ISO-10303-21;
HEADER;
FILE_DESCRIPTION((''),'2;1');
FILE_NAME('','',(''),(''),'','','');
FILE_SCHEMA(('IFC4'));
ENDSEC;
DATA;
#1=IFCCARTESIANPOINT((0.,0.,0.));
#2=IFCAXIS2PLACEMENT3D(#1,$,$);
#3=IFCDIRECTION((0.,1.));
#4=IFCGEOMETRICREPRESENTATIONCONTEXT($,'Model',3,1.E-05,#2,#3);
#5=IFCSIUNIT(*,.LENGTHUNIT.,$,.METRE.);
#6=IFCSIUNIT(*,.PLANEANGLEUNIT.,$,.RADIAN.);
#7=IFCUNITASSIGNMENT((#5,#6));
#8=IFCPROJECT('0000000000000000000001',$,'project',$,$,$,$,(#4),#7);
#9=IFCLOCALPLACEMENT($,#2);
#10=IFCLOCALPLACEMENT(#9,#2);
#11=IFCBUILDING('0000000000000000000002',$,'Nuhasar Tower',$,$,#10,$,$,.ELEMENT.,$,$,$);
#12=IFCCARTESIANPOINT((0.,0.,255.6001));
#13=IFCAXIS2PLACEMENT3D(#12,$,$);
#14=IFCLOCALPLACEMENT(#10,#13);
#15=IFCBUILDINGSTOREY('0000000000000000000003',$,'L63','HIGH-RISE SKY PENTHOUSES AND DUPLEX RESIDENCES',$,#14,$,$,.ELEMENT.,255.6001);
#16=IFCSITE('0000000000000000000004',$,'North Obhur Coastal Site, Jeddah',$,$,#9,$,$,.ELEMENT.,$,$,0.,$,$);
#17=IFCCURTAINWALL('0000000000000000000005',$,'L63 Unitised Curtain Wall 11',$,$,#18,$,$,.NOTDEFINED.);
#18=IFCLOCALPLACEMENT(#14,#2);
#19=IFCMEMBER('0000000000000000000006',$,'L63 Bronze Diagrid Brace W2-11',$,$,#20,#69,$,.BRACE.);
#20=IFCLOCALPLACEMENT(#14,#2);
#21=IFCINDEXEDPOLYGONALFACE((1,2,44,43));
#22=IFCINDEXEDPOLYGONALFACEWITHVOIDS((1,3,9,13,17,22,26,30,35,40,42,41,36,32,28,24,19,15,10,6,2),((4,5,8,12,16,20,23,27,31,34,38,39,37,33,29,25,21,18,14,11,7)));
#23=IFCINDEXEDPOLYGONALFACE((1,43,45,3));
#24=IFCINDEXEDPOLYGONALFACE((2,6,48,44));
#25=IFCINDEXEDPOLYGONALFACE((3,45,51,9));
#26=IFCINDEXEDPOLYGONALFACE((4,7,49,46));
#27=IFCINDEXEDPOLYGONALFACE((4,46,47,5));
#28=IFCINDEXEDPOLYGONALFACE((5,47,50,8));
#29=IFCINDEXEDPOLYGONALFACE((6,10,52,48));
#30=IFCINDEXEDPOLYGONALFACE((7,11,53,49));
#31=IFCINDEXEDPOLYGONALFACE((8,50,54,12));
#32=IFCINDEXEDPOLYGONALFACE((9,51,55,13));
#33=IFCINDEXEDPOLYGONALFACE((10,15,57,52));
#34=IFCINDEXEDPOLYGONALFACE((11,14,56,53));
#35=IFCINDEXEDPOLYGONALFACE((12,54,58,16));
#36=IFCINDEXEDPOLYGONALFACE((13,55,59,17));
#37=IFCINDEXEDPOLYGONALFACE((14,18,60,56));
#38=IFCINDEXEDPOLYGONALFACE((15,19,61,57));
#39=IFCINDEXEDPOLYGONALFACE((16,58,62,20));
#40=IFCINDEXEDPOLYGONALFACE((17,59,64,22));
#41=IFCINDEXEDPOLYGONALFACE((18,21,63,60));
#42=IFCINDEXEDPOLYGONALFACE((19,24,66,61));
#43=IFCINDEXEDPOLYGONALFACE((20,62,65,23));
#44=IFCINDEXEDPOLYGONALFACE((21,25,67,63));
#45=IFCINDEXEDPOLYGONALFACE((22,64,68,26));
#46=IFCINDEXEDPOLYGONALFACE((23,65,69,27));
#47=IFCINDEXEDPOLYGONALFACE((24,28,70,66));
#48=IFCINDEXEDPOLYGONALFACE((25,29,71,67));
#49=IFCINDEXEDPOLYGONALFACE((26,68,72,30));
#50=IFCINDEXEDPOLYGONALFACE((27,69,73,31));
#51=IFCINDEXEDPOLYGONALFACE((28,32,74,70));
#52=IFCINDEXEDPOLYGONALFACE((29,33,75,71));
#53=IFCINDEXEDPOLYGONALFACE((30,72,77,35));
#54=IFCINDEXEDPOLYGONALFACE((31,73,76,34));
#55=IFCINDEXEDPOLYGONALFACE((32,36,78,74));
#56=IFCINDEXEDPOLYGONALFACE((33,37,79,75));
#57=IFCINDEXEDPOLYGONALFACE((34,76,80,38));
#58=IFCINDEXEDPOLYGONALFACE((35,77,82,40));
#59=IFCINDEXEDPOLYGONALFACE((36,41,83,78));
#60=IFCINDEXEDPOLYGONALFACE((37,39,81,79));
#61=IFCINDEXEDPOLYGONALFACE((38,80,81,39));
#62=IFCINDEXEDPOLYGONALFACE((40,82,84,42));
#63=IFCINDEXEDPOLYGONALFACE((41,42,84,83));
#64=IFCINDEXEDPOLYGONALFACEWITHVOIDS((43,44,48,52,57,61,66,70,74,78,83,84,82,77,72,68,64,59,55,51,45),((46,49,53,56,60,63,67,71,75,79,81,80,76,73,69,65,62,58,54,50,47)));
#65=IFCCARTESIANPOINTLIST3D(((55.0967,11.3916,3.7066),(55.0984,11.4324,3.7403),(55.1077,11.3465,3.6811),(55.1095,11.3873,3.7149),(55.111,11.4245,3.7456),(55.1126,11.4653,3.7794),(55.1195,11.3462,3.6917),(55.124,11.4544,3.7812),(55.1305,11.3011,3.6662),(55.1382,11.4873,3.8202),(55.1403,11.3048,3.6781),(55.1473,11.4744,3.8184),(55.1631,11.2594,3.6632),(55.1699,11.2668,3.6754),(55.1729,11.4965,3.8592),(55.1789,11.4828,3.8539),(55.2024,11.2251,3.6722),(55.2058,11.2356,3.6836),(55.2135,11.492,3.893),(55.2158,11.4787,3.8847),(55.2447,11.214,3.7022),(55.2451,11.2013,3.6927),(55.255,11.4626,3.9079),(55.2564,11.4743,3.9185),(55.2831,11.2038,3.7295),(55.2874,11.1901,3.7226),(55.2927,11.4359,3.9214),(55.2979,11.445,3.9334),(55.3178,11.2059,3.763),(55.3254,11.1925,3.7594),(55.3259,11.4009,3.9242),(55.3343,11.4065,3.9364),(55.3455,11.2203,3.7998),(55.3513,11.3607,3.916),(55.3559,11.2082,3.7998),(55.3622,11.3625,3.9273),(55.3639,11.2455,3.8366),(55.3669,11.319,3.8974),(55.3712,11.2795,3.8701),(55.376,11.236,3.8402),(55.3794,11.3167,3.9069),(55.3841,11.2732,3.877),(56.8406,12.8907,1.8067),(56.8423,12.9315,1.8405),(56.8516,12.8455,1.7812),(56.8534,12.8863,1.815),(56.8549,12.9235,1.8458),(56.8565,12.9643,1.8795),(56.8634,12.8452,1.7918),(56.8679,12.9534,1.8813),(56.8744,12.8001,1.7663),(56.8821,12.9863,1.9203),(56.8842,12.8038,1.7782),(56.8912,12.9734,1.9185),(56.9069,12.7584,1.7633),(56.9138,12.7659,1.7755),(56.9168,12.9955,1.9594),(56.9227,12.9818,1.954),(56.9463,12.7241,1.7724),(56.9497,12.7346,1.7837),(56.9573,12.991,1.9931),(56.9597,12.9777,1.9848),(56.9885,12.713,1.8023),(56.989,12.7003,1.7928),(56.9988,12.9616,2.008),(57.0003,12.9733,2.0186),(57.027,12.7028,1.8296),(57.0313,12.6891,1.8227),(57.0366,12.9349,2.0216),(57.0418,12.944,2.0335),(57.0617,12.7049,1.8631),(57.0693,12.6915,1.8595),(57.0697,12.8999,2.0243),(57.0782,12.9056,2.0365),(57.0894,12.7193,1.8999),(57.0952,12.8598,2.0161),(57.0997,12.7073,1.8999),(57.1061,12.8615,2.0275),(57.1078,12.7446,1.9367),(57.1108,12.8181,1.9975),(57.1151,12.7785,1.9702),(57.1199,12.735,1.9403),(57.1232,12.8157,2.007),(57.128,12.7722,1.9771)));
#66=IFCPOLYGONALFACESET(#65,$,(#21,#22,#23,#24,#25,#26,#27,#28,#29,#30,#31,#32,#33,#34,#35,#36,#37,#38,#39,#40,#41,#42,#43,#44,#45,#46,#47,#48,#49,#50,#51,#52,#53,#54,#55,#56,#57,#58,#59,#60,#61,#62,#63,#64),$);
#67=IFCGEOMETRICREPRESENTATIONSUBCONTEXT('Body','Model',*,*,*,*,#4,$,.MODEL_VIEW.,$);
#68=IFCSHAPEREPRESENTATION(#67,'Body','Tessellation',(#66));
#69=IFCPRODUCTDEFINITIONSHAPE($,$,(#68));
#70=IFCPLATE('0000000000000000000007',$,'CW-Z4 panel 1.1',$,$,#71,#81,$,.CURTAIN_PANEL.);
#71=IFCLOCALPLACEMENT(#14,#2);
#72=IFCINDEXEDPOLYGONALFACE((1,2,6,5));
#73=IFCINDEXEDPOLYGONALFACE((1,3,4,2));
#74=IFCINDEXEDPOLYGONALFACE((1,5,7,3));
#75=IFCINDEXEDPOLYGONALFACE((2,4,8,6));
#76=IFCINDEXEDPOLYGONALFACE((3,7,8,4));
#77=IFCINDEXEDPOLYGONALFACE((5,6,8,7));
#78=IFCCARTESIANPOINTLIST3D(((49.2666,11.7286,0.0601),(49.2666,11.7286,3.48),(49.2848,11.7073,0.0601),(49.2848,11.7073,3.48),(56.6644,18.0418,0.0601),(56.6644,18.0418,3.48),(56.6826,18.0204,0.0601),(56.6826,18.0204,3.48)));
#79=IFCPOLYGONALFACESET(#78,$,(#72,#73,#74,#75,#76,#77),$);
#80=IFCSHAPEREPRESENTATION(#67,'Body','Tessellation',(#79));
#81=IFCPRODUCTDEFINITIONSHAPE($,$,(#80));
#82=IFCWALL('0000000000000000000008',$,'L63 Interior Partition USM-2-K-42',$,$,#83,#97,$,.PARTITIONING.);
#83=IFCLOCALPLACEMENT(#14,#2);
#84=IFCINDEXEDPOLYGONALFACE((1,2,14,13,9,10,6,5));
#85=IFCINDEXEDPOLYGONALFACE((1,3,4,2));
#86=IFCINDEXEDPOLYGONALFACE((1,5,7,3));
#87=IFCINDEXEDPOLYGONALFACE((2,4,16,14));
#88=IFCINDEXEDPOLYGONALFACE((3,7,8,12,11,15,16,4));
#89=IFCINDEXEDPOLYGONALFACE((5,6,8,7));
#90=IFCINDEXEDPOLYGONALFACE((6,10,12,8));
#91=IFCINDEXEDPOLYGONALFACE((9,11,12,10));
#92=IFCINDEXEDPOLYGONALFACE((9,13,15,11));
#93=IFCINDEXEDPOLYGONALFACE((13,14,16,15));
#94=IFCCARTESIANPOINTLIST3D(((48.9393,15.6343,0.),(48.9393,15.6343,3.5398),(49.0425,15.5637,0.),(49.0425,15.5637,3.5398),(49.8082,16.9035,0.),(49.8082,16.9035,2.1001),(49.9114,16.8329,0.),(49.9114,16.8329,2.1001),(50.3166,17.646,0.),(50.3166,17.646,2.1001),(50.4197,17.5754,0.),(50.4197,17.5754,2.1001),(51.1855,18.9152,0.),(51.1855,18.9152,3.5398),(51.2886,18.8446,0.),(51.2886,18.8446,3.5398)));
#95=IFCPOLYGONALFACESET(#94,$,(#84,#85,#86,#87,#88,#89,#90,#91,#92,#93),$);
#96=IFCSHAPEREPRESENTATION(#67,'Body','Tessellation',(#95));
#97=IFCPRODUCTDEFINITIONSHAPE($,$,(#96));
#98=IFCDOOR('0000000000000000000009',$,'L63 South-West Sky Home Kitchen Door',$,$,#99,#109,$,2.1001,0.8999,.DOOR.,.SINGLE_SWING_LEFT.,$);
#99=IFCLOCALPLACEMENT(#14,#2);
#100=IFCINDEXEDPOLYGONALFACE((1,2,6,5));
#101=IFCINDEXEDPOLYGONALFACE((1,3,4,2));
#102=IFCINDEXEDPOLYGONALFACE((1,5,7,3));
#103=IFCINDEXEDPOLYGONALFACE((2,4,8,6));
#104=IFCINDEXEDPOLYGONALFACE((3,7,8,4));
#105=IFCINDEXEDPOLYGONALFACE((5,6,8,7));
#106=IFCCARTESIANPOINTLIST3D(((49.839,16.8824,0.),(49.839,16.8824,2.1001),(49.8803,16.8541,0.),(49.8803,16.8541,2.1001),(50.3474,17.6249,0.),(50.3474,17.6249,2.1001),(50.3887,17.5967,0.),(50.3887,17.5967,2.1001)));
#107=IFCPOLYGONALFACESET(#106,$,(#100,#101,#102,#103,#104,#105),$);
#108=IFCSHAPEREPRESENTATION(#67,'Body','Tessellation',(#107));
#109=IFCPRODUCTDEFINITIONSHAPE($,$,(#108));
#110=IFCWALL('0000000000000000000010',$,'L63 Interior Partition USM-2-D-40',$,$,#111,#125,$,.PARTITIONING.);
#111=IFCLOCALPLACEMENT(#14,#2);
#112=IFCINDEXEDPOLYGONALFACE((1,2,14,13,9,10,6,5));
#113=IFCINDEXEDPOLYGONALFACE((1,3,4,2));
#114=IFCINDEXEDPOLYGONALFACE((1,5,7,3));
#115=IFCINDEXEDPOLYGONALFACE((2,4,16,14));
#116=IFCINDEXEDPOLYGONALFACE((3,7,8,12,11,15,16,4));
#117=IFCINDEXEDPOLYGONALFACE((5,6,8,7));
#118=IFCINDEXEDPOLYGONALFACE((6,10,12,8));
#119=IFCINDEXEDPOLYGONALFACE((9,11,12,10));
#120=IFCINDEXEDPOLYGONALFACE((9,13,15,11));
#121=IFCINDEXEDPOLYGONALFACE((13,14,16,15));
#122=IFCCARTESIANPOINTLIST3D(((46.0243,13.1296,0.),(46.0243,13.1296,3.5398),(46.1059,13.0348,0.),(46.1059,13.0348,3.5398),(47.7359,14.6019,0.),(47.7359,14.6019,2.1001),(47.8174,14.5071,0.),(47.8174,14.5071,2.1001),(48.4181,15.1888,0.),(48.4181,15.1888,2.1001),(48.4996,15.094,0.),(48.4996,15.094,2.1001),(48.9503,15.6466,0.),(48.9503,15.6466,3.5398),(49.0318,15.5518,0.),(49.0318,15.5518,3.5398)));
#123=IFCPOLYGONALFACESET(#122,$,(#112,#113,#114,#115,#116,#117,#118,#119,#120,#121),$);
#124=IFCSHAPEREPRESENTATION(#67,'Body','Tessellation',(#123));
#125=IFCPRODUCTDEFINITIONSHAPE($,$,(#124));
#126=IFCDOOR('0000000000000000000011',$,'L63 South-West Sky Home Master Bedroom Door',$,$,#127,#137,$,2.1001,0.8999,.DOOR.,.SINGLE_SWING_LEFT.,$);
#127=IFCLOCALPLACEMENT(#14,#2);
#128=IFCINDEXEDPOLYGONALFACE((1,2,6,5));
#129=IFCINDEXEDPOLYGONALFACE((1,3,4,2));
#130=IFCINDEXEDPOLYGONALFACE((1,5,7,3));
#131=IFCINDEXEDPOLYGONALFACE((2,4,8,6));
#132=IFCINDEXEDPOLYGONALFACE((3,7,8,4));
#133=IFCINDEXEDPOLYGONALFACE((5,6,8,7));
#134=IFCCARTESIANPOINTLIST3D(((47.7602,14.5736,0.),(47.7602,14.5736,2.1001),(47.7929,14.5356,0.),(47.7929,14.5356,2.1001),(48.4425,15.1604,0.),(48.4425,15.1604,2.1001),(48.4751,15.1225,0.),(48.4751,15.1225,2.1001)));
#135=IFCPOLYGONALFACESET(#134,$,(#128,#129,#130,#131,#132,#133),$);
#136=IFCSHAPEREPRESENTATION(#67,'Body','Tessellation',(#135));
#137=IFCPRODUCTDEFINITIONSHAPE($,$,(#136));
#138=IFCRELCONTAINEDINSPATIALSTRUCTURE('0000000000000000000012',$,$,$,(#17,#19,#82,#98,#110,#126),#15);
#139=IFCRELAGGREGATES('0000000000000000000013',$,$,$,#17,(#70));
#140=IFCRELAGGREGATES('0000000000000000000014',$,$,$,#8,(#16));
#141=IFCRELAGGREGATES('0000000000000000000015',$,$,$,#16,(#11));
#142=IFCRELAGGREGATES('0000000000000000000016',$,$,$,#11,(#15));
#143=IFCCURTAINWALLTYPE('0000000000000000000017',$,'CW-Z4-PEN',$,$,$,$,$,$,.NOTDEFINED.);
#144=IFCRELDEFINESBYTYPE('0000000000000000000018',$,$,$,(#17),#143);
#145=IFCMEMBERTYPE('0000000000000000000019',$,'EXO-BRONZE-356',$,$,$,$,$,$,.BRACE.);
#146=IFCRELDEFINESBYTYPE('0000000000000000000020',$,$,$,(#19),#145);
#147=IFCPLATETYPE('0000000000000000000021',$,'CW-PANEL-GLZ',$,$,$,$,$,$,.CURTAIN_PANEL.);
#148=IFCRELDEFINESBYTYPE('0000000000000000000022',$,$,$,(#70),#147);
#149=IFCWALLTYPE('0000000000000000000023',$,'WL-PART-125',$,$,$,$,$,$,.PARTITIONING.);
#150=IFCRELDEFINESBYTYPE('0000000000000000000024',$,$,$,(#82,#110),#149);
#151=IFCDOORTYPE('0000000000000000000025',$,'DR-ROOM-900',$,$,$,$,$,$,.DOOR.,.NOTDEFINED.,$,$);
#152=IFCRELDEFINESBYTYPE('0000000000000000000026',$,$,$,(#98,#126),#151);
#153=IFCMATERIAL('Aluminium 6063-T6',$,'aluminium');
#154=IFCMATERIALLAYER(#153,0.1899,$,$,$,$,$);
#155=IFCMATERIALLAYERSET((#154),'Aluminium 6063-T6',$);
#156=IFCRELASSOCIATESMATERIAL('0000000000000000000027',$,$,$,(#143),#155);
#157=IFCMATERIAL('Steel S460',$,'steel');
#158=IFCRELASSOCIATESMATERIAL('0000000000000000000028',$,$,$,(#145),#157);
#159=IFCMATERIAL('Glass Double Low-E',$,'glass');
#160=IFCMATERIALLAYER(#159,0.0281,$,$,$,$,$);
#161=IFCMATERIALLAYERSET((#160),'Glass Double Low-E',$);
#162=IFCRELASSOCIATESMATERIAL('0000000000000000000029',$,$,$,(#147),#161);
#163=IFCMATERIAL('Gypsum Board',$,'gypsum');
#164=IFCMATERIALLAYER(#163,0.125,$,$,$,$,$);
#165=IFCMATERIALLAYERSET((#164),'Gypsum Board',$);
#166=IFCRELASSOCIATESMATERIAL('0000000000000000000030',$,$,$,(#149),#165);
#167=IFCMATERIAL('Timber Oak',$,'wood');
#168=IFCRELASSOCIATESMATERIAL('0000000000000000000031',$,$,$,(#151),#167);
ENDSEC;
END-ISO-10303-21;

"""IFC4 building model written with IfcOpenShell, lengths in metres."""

from ifc_helpers import new_model, si_unit, direction, frame, frame_2d, origin, origin_2d, place, context, subcontext, project, spatial, rectangle, hollow_circle, extrude, material, layer, layer_set, material_profile, profile_set, type_object, element, fill, aggregate, save


model = new_model("IFC4")

# Units and contexts
model_context = context("Model", 3, precision=1e-05, world=origin(), true_north=direction((0.0, 1.0)))
body_context = subcontext(model_context, "Body", "Model", "MODEL_VIEW")
ifc_project = project(units=[si_unit("LENGTHUNIT", "METRE"), si_unit("PLANEANGLEUNIT", "RADIAN")], contexts=[model_context])

# Site, building, storey
site_placement = place(None, origin())
site = spatial("IfcSite", under=ifc_project, at=site_placement, Name="North Obhur Coastal Site, Jeddah", CompositionType="ELEMENT", RefElevation=0.0)
building_placement = place(site_placement, origin())
building = spatial("IfcBuilding", under=site, at=building_placement, Name="Nuhasar Tower", CompositionType="ELEMENT")
storey_placement = place(building_placement, frame((0.0, 0.0, 255.6001)))
storey = spatial("IfcBuildingStorey", under=building, at=storey_placement, Name="L63", Description="HIGH-RISE SKY PENTHOUSES AND DUPLEX RESIDENCES", CompositionType="ELEMENT", Elevation=255.6001)

# Shared definitions
ifc_material_1 = material(Name="Steel S460", Category="steel")

# Shared definitions
ifc_material_2 = material(Name="Aluminium 6063-T6", Category="aluminium")
ifc_layer_1 = layer(ifc_material_2, 0.1899)
ifc_layer_set_1 = layer_set([ifc_layer_1], Name="Aluminium 6063-T6")
curtain_wall_type = type_object("IfcCurtainWallType", Name="CW-Z4-PEN", PredefinedType="NOTDEFINED", material=ifc_layer_set_1)

# Curtain wall
curtain_wall_1_placement = place(storey_placement, origin())
curtain_wall_1 = element("IfcCurtainWall", 1, at=curtain_wall_1_placement, inside=storey, type_object=curtain_wall_type, Name="L63 Unitised Curtain Wall 11", PredefinedType="NOTDEFINED")

# Member
ifc_material_profile_1 = material_profile(ifc_material_1, hollow_circle(Radius=0.1777, WallThickness=0.0159, at=origin_2d()), Name="HSS355.6X15.9")
ifc_profile_set_1 = profile_set([ifc_material_profile_1], Name="Steel S460")
member_type_1 = type_object("IfcMemberType", Name="EXO-BRONZE-356", PredefinedType="BRACE", material=ifc_profile_set_1)
for number, where, z_axis, x_axis, name in (
    (2, (56.9839, 12.842, 1.8999), (-0.584625, -0.502534, 0.636925), (0.651857, -0.758342, 0.0), "L63 Bronze Diagrid Brace W2-11"),
):
    element("IfcMember", number, at=place(storey_placement, frame(where, z_axis=z_axis, x_axis=x_axis)), inside=storey, type_object=member_type_1, Name=name, PredefinedType="BRACE", context=body_context, shape_type="SweptSolid", body=[
        extrude(hollow_circle(Radius=0.1777, WallThickness=0.0159, at=origin_2d()), origin(), (0.0, 0.0, 1.0), 2.9829),
    ])

# Plate
ifc_material_3 = material(Name="Glass Double Low-E", Category="glass")
ifc_layer_2 = layer(ifc_material_3, 0.0281)
ifc_layer_set_2 = layer_set([ifc_layer_2], Name="Glass Double Low-E")
plate_type = type_object("IfcPlateType", Name="CW-PANEL-GLZ", PredefinedType="CURTAIN_PANEL", material=ifc_layer_set_2)
plate_placement = place(storey_placement, frame((52.9746, 14.8745, 0.0601), z_axis=(0.0, 0.0, 1.0), x_axis=(0.760667, 0.649142, 0.0)))
plate = element("IfcPlate", 3, at=plate_placement, type_object=plate_type, Name="CW-Z4 panel 1.1", PredefinedType="CURTAIN_PANEL", context=body_context, shape_type="SweptSolid", body=[
    extrude(rectangle(XDim=9.7253, YDim=0.0281, at=origin_2d()), origin(), (0.0, 0.0, 1.0), 3.4199),
])
aggregate(curtain_wall_1, [plate])

# Walls, openings, doors
ifc_material_4 = material(Name="Gypsum Board", Category="gypsum")
ifc_layer_3 = layer(ifc_material_4, 0.125)
ifc_layer_set_3 = layer_set([ifc_layer_3], Name="Gypsum Board")
wall_type = type_object("IfcWallType", Name="WL-PART-125", PredefinedType="PARTITIONING", material=ifc_layer_set_3)
wall_1_placement = place(storey_placement, frame((51.2371, 18.8799, 0.0), z_axis=(0.0, 0.0, 1.0), x_axis=(-0.564917, -0.825148, 0.0)))
wall_1 = element("IfcWall", 4, at=wall_1_placement, inside=storey, type_object=wall_type, Name="L63 Interior Partition USM-2-K-42", PredefinedType="PARTITIONING", context=body_context, shape_type="SweptSolid", body=[
    extrude(rectangle(XDim=3.9761, YDim=0.125, at=frame_2d((1.988, 0.0))), origin(), (0.0, 0.0, 1.0), 3.5398),
])
opening_1_placement = place(wall_1_placement, frame((1.5381, 0.0, 0.0)))
opening_1 = element("IfcOpeningElement", 5, at=opening_1_placement, cuts=wall_1, PredefinedType="OPENING", context=body_context, shape_type="SweptSolid", body=[
    extrude(rectangle(XDim=0.8999, YDim=2.1001, at=frame_2d((0.45, 1.05))), frame((0.0, 0.0725, 0.0), z_axis=(0.0, -1.0, 0.0), x_axis=(1.0, 0.0, 0.0)), (0.0, 0.0, 1.0), 0.145),
])
ifc_material_5 = material(Name="Timber Oak", Category="wood")
door_type = type_object("IfcDoorType", Name="DR-ROOM-900", OperationType="NOTDEFINED", PredefinedType="DOOR", material=ifc_material_5)
door_1_placement = place(opening_1_placement, origin())
door_1 = element("IfcDoor", 6, at=door_1_placement, inside=storey, type_object=door_type, Name="L63 South-West Sky Home Kitchen Door", OperationType="SINGLE_SWING_LEFT", OverallHeight=2.1001, OverallWidth=0.8999, PredefinedType="DOOR", context=body_context, shape_type="SweptSolid", body=[
    extrude(rectangle(XDim=0.8999, YDim=2.1001, at=frame_2d((0.45, 1.05))), frame((0.0, 0.0249, 0.0), z_axis=(0.0, -1.0, 0.0), x_axis=(1.0, 0.0, 0.0)), (0.0, 0.0, 1.0), 0.05),
])
fill(opening_1, door_1)
wall_2_placement = place(storey_placement, frame((48.991, 15.5991, 0.0), z_axis=(0.0, 0.0, 1.0), x_axis=(-0.758095, -0.652145, 0.0)))
wall_2 = element("IfcWall", 7, at=wall_2_placement, inside=storey, type_object=wall_type, Name="L63 Interior Partition USM-2-D-40", PredefinedType="PARTITIONING", context=body_context, shape_type="SweptSolid", body=[
    extrude(rectangle(XDim=3.8596, YDim=0.125, at=frame_2d((1.9297, 0.0))), origin(), (0.0, 0.0, 1.0), 3.5398),
])
opening_2_placement = place(wall_2_placement, frame((0.7019, 0.0, 0.0)))
opening_2 = element("IfcOpeningElement", 8, at=opening_2_placement, cuts=wall_2, PredefinedType="OPENING", context=body_context, shape_type="SweptSolid", body=[
    extrude(rectangle(XDim=0.8999, YDim=2.1001, at=frame_2d((0.45, 1.05))), frame((0.0, 0.0725, 0.0), z_axis=(0.0, -1.0, 0.0), x_axis=(1.0, 0.0, 0.0)), (0.0, 0.0, 1.0), 0.145),
])
door_2_placement = place(opening_2_placement, origin())
door_2 = element("IfcDoor", 9, at=door_2_placement, inside=storey, type_object=door_type, Name="L63 South-West Sky Home Master Bedroom Door", OperationType="SINGLE_SWING_LEFT", OverallHeight=2.1001, OverallWidth=0.8999, PredefinedType="DOOR", context=body_context, shape_type="SweptSolid", body=[
    extrude(rectangle(XDim=0.8999, YDim=2.1001, at=frame_2d((0.45, 1.05))), frame((0.0, 0.0249, 0.0), z_axis=(0.0, -1.0, 0.0), x_axis=(1.0, 0.0, 0.0)), (0.0, 0.0, 1.0), 0.05),
])
fill(opening_2, door_2)

save(model, "model.ifc")
